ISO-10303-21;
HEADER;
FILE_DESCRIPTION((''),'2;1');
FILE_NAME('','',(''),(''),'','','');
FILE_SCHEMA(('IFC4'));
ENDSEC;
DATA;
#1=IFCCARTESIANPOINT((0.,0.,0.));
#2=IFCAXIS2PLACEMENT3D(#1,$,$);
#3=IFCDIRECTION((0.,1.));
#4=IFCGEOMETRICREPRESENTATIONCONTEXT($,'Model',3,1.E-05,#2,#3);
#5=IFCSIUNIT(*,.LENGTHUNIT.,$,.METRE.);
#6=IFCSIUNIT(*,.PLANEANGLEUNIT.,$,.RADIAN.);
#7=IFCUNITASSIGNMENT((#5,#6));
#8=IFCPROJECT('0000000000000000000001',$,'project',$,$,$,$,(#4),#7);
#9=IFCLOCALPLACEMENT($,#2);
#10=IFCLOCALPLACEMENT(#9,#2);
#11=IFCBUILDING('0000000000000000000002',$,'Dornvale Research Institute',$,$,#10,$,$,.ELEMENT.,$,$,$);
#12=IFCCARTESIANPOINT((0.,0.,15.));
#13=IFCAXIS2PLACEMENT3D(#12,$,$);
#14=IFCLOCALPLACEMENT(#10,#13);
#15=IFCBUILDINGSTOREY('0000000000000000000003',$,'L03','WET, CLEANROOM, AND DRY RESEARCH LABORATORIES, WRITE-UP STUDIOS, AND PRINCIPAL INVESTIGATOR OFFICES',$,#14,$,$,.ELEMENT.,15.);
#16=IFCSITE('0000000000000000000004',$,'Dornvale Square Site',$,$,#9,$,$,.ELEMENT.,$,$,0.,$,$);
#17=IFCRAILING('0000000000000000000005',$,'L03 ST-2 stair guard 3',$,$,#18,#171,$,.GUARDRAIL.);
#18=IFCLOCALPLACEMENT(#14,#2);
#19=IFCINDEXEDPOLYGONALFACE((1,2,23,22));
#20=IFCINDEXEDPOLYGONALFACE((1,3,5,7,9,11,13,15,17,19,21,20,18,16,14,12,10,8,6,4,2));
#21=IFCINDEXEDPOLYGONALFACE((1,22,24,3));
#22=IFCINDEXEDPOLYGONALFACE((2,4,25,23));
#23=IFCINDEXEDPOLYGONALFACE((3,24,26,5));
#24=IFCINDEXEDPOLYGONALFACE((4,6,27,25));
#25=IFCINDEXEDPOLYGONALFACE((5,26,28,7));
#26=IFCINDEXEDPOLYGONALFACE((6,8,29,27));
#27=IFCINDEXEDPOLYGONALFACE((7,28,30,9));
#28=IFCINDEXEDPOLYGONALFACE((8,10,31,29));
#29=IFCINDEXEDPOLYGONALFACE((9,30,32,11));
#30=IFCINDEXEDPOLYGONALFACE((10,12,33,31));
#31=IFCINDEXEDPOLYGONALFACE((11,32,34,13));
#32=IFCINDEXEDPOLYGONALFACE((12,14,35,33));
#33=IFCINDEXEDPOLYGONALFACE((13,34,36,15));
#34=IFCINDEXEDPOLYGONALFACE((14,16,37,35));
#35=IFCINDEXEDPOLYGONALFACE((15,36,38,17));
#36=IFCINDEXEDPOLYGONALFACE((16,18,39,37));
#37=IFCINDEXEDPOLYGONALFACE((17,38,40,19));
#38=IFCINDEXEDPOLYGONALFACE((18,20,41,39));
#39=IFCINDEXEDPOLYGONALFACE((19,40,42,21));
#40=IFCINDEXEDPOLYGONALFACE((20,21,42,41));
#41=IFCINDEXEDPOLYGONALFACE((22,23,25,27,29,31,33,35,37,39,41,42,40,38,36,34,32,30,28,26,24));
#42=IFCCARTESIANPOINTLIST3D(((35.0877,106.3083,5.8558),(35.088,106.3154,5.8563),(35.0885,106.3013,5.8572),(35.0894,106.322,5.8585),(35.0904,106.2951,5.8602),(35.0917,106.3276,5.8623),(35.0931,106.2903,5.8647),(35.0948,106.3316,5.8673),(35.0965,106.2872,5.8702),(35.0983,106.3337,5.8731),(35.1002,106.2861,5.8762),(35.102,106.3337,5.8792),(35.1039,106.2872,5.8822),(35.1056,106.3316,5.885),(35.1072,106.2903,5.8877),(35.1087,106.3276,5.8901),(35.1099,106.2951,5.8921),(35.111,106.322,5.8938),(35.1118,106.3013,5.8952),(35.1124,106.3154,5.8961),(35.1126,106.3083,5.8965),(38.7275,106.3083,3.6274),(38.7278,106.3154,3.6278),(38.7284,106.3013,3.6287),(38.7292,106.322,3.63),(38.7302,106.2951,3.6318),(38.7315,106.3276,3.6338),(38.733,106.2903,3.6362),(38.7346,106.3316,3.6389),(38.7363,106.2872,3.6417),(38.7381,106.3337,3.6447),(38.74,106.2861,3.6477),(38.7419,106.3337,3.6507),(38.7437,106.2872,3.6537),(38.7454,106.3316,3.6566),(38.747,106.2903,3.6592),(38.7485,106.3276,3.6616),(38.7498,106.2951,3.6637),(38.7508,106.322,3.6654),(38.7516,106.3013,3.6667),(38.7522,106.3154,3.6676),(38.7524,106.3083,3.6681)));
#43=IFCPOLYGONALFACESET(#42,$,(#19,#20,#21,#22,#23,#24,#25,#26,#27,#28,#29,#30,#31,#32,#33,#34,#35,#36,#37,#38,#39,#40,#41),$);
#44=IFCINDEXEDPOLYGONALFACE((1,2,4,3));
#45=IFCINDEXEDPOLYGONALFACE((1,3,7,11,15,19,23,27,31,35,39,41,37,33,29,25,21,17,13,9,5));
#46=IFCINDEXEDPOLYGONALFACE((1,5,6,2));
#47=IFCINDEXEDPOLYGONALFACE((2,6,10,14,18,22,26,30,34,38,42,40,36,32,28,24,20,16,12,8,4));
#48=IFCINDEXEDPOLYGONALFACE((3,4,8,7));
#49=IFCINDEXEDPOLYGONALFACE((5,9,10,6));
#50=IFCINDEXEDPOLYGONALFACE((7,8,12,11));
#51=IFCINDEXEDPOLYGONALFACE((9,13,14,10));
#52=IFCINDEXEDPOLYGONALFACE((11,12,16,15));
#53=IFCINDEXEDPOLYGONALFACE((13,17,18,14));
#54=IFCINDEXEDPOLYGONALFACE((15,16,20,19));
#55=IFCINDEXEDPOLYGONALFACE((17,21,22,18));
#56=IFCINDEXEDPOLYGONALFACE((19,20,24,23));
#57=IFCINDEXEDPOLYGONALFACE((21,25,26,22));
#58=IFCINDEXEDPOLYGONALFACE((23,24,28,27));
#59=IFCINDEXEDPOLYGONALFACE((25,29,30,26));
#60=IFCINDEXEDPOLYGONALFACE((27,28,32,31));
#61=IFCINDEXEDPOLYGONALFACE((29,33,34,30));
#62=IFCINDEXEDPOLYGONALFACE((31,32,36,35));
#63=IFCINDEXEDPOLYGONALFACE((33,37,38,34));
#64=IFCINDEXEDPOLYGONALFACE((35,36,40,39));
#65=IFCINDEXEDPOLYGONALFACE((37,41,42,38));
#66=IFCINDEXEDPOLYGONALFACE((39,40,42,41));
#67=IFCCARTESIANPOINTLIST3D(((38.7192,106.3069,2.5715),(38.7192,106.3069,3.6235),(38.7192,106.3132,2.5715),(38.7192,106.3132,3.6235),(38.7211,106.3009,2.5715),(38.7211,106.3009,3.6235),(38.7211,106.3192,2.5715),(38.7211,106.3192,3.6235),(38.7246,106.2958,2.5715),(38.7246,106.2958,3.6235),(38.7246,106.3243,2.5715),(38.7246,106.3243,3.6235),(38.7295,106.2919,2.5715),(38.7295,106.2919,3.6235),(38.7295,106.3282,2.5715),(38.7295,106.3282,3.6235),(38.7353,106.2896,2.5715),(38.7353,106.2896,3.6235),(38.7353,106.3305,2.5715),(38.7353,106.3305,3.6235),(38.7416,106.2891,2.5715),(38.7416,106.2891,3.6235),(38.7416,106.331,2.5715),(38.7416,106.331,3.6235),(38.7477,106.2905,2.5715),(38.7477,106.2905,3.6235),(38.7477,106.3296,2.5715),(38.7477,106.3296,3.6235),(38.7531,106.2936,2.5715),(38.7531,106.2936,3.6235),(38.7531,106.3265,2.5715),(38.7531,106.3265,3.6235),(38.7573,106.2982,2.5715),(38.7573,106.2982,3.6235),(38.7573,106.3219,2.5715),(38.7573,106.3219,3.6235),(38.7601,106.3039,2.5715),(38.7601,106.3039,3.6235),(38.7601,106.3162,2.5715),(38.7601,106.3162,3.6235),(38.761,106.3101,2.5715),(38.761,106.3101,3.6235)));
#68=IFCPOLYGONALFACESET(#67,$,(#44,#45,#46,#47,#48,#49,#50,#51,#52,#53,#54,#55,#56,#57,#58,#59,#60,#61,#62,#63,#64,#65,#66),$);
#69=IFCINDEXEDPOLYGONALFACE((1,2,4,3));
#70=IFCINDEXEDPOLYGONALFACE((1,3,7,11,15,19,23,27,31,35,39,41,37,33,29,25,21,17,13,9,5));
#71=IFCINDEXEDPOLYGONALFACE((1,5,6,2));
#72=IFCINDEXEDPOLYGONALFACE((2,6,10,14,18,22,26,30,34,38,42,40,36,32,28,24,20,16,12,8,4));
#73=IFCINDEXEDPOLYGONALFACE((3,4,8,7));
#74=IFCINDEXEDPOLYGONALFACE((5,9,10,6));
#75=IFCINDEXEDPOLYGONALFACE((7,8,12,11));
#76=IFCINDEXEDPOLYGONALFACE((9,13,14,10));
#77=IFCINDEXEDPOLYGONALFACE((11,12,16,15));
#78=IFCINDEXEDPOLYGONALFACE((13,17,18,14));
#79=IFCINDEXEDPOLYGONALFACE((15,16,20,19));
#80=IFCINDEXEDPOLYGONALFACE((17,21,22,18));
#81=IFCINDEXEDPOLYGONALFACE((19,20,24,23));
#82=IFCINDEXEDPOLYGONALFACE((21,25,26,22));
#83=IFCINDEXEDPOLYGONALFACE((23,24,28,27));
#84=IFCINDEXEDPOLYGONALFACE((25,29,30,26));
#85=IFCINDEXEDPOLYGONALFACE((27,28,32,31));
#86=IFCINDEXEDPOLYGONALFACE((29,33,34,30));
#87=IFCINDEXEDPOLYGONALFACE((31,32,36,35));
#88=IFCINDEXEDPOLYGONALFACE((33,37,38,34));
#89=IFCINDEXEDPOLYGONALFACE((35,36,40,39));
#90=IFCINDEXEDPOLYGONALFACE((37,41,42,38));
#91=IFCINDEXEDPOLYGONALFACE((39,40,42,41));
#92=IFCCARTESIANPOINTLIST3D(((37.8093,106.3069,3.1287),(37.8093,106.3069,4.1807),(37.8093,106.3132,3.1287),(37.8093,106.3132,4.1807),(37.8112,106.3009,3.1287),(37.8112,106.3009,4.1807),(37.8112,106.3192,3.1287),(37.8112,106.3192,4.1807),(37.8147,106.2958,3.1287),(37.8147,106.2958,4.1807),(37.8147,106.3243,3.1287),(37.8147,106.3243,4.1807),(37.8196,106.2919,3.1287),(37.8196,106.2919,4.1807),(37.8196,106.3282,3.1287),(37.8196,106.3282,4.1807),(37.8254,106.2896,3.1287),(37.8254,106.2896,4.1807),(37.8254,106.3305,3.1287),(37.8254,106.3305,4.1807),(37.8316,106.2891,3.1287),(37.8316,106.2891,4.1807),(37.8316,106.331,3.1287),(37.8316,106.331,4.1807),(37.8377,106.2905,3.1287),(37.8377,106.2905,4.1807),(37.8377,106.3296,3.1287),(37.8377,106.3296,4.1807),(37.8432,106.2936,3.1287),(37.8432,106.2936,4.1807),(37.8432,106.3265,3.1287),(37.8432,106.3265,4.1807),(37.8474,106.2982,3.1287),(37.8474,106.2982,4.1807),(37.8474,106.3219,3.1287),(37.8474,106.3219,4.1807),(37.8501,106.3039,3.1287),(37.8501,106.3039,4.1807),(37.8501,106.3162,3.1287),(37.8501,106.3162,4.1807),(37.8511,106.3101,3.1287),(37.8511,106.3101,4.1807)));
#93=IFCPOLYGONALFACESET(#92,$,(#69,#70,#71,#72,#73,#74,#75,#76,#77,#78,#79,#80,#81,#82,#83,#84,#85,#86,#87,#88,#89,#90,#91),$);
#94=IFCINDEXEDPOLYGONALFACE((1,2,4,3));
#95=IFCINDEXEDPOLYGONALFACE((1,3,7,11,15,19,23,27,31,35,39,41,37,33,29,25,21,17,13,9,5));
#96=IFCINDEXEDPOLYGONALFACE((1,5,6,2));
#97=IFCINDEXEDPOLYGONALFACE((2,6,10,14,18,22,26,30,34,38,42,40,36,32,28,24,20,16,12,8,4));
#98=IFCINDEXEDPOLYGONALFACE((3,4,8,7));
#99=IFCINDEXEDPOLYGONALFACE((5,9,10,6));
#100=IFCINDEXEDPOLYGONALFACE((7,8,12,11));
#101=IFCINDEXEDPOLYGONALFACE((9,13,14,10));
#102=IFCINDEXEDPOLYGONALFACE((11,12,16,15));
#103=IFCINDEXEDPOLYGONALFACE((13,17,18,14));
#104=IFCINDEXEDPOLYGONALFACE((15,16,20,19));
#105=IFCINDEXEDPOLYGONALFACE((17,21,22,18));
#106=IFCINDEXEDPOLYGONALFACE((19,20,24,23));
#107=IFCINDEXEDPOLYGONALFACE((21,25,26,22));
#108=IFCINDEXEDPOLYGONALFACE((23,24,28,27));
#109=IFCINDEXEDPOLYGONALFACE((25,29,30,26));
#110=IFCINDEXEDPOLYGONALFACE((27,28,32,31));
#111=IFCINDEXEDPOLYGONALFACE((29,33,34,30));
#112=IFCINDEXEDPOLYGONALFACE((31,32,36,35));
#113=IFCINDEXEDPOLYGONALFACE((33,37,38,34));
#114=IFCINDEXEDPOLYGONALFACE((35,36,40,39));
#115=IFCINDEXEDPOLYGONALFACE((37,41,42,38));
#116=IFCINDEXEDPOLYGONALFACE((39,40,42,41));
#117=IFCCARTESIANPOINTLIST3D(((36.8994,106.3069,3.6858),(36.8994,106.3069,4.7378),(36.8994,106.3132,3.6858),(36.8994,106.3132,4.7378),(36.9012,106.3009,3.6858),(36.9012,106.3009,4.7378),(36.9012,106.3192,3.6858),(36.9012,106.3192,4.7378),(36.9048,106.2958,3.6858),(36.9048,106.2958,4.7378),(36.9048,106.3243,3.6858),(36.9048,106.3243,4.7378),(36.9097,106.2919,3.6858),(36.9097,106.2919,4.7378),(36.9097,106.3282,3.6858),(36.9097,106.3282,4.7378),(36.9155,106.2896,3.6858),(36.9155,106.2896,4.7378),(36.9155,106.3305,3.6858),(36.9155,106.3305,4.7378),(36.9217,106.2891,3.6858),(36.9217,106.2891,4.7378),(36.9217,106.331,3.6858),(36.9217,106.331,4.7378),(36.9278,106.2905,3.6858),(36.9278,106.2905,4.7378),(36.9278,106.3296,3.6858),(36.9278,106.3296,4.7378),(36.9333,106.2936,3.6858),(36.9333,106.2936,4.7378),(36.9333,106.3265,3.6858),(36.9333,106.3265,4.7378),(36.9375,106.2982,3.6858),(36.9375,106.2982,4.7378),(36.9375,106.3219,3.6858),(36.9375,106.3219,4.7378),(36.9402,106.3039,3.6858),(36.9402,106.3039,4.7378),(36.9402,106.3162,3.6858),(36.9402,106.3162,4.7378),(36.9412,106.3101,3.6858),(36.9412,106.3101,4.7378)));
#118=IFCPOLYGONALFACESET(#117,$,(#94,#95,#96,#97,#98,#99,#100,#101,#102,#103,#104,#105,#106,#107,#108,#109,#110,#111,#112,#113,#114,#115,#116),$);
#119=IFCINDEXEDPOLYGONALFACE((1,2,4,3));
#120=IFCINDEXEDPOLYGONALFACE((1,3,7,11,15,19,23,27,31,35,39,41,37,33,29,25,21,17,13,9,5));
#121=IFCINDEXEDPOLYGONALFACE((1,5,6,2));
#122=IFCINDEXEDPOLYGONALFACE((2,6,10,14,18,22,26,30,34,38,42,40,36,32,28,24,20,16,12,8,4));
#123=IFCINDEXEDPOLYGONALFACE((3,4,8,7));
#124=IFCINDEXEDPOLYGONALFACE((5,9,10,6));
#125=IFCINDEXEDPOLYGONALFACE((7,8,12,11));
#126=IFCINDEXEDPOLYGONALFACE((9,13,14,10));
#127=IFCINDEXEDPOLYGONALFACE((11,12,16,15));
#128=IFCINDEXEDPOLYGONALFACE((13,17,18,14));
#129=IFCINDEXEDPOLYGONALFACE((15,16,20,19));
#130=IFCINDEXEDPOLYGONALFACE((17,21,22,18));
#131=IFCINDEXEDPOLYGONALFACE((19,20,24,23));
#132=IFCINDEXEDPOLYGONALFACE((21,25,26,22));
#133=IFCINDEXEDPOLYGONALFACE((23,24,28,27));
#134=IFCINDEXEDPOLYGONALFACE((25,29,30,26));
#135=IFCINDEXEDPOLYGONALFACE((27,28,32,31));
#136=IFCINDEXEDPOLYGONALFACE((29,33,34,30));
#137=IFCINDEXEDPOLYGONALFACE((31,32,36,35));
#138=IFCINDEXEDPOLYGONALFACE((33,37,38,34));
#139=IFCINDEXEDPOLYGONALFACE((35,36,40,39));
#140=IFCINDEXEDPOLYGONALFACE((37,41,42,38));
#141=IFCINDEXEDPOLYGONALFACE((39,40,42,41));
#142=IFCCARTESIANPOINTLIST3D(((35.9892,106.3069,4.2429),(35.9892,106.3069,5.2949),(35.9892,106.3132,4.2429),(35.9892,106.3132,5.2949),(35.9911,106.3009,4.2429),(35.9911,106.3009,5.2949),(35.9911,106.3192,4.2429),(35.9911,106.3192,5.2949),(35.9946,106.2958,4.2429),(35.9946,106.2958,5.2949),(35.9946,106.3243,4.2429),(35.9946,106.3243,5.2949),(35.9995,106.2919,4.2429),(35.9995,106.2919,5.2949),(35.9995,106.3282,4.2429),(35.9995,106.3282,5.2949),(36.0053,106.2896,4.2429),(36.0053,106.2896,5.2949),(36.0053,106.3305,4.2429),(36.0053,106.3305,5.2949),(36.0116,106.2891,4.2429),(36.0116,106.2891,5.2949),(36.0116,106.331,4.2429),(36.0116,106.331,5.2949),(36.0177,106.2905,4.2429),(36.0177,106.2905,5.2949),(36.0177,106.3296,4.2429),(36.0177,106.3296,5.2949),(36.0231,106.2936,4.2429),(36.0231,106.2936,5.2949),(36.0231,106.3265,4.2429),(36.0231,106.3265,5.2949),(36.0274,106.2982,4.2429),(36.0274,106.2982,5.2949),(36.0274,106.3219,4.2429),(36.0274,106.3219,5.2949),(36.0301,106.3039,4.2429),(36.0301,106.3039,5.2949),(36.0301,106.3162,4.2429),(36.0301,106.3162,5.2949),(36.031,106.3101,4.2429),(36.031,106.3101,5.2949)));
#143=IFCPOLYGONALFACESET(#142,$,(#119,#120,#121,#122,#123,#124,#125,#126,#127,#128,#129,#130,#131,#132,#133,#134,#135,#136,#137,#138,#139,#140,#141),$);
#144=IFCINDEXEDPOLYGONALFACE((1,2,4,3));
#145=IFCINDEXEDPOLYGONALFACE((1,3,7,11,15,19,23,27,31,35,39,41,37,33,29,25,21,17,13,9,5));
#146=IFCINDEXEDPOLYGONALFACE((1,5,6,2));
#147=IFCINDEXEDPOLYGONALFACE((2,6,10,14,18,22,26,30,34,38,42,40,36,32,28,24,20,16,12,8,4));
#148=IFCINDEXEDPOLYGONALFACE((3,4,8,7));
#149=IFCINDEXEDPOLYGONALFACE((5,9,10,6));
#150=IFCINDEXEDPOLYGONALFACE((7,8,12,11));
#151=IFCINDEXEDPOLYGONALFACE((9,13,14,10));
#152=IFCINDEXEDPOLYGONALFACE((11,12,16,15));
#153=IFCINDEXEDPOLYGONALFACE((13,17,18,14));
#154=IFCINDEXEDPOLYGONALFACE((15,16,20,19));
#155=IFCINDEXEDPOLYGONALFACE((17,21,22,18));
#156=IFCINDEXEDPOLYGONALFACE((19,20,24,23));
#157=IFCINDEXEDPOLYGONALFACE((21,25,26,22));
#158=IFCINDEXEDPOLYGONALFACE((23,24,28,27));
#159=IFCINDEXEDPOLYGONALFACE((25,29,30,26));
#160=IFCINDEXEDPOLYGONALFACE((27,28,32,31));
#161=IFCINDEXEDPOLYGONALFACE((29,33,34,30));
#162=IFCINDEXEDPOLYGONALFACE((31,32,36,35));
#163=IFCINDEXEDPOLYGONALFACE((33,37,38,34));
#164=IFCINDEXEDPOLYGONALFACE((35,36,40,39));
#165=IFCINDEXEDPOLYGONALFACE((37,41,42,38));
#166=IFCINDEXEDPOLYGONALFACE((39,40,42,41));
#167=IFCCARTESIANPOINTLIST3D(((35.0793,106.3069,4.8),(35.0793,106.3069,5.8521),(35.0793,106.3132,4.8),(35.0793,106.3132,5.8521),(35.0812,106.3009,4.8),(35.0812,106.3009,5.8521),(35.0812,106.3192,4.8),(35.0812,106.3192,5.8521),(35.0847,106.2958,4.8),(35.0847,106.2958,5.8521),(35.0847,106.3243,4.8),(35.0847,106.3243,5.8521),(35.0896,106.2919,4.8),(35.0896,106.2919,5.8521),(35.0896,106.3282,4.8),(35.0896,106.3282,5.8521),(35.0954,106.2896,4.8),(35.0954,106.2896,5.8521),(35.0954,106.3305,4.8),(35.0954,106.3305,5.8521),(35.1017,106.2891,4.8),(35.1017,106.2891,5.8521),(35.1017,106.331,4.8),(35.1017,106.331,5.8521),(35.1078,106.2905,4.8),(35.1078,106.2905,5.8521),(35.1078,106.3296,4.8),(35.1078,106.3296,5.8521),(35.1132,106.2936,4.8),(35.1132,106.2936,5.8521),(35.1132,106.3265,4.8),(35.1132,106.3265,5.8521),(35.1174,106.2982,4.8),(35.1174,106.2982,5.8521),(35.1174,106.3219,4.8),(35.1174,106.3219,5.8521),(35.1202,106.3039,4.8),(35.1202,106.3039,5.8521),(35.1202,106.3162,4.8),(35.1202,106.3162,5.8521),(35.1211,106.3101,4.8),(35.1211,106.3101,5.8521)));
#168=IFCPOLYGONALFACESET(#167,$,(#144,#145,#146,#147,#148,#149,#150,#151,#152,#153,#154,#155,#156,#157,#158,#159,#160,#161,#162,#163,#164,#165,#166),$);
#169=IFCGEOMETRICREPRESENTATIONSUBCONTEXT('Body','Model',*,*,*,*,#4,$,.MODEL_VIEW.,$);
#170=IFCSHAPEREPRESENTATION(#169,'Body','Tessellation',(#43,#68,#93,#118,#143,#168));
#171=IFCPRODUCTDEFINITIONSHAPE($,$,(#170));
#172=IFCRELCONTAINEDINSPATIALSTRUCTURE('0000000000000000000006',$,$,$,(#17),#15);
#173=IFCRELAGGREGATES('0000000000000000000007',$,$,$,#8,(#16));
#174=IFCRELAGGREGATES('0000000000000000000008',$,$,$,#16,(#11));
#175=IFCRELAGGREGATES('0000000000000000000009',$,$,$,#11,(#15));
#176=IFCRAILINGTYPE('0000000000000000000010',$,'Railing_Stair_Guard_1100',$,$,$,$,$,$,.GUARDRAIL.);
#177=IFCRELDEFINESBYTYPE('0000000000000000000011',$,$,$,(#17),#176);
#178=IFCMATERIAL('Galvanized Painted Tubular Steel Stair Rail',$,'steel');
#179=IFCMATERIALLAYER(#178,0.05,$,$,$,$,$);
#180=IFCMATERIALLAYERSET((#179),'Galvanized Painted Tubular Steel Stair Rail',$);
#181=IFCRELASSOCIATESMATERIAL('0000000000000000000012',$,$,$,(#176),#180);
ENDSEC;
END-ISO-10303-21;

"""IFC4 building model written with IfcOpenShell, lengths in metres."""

from ifc_helpers import new_model, si_unit, direction, frame, origin, origin_2d, place, context, subcontext, project, spatial, circle, extrude, material, layer, layer_set, type_object, element, save


model = new_model("IFC4")

# Units and contexts
model_context = context("Model", 3, precision=1e-05, world=origin(), true_north=direction((0.0, 1.0)))
body_context = subcontext(model_context, "Body", "Model", "MODEL_VIEW")
ifc_project = project(units=[si_unit("LENGTHUNIT", "METRE"), si_unit("PLANEANGLEUNIT", "RADIAN")], contexts=[model_context])

# Site, building, storey
site_placement = place(None, origin())
site = spatial("IfcSite", under=ifc_project, at=site_placement, Name="Dornvale Square Site", CompositionType="ELEMENT", RefElevation=0.0)
building_placement = place(site_placement, origin())
building = spatial("IfcBuilding", under=site, at=building_placement, Name="Dornvale Research Institute", CompositionType="ELEMENT")
storey_placement = place(building_placement, frame((0.0, 0.0, 15.0)))
storey = spatial("IfcBuildingStorey", under=building, at=storey_placement, Name="L03", Description="WET, CLEANROOM, AND DRY RESEARCH LABORATORIES, WRITE-UP STUDIOS, AND PRINCIPAL INVESTIGATOR OFFICES", CompositionType="ELEMENT", Elevation=15.0)

# Railing
ifc_material_1 = material(Name="Galvanized Painted Tubular Steel Stair Rail", Category="steel")
ifc_layer_1 = layer(ifc_material_1, 0.05)
ifc_layer_set_1 = layer_set([ifc_layer_1], Name="Galvanized Painted Tubular Steel Stair Rail")
railing_type_1 = type_object("IfcRailingType", Name="Railing_Stair_Guard_1100", PredefinedType="GUARDRAIL", material=ifc_layer_set_1)
railing_1_placement = place(storey_placement, frame((38.74, 106.3101, 2.5715)))
element("IfcRailing", 1, at=railing_1_placement, inside=storey, type_object=railing_type_1, Name="L03 ST-2 stair guard 3", PredefinedType="GUARDRAIL", context=body_context, shape_type="SweptSolid", body=[
    extrude(circle(Radius=0.0239, at=origin_2d()), frame((0.0, 0.0, 1.0762), z_axis=(-0.85285, 0.0, 0.522156), x_axis=(0.0, -1.0, 0.0)), (0.0, 0.0, 1.0), 4.2678),
    extrude(circle(Radius=0.021, at=origin_2d()), origin(), (0.0, 0.0, 1.0), 1.052),
    extrude(circle(Radius=0.021, at=origin_2d()), frame((-0.9099, 0.0, 0.5571)), (0.0, 0.0, 1.0), 1.052),
    extrude(circle(Radius=0.021, at=origin_2d()), frame((-1.8198, 0.0, 1.1143)), (0.0, 0.0, 1.0), 1.052),
    extrude(circle(Radius=0.021, at=origin_2d()), frame((-2.73, 0.0, 1.6714)), (0.0, 0.0, 1.0), 1.052),
    extrude(circle(Radius=0.021, at=origin_2d()), frame((-3.6399, 0.0, 2.2285)), (0.0, 0.0, 1.0), 1.052),
])

save(model, "model.ifc")
